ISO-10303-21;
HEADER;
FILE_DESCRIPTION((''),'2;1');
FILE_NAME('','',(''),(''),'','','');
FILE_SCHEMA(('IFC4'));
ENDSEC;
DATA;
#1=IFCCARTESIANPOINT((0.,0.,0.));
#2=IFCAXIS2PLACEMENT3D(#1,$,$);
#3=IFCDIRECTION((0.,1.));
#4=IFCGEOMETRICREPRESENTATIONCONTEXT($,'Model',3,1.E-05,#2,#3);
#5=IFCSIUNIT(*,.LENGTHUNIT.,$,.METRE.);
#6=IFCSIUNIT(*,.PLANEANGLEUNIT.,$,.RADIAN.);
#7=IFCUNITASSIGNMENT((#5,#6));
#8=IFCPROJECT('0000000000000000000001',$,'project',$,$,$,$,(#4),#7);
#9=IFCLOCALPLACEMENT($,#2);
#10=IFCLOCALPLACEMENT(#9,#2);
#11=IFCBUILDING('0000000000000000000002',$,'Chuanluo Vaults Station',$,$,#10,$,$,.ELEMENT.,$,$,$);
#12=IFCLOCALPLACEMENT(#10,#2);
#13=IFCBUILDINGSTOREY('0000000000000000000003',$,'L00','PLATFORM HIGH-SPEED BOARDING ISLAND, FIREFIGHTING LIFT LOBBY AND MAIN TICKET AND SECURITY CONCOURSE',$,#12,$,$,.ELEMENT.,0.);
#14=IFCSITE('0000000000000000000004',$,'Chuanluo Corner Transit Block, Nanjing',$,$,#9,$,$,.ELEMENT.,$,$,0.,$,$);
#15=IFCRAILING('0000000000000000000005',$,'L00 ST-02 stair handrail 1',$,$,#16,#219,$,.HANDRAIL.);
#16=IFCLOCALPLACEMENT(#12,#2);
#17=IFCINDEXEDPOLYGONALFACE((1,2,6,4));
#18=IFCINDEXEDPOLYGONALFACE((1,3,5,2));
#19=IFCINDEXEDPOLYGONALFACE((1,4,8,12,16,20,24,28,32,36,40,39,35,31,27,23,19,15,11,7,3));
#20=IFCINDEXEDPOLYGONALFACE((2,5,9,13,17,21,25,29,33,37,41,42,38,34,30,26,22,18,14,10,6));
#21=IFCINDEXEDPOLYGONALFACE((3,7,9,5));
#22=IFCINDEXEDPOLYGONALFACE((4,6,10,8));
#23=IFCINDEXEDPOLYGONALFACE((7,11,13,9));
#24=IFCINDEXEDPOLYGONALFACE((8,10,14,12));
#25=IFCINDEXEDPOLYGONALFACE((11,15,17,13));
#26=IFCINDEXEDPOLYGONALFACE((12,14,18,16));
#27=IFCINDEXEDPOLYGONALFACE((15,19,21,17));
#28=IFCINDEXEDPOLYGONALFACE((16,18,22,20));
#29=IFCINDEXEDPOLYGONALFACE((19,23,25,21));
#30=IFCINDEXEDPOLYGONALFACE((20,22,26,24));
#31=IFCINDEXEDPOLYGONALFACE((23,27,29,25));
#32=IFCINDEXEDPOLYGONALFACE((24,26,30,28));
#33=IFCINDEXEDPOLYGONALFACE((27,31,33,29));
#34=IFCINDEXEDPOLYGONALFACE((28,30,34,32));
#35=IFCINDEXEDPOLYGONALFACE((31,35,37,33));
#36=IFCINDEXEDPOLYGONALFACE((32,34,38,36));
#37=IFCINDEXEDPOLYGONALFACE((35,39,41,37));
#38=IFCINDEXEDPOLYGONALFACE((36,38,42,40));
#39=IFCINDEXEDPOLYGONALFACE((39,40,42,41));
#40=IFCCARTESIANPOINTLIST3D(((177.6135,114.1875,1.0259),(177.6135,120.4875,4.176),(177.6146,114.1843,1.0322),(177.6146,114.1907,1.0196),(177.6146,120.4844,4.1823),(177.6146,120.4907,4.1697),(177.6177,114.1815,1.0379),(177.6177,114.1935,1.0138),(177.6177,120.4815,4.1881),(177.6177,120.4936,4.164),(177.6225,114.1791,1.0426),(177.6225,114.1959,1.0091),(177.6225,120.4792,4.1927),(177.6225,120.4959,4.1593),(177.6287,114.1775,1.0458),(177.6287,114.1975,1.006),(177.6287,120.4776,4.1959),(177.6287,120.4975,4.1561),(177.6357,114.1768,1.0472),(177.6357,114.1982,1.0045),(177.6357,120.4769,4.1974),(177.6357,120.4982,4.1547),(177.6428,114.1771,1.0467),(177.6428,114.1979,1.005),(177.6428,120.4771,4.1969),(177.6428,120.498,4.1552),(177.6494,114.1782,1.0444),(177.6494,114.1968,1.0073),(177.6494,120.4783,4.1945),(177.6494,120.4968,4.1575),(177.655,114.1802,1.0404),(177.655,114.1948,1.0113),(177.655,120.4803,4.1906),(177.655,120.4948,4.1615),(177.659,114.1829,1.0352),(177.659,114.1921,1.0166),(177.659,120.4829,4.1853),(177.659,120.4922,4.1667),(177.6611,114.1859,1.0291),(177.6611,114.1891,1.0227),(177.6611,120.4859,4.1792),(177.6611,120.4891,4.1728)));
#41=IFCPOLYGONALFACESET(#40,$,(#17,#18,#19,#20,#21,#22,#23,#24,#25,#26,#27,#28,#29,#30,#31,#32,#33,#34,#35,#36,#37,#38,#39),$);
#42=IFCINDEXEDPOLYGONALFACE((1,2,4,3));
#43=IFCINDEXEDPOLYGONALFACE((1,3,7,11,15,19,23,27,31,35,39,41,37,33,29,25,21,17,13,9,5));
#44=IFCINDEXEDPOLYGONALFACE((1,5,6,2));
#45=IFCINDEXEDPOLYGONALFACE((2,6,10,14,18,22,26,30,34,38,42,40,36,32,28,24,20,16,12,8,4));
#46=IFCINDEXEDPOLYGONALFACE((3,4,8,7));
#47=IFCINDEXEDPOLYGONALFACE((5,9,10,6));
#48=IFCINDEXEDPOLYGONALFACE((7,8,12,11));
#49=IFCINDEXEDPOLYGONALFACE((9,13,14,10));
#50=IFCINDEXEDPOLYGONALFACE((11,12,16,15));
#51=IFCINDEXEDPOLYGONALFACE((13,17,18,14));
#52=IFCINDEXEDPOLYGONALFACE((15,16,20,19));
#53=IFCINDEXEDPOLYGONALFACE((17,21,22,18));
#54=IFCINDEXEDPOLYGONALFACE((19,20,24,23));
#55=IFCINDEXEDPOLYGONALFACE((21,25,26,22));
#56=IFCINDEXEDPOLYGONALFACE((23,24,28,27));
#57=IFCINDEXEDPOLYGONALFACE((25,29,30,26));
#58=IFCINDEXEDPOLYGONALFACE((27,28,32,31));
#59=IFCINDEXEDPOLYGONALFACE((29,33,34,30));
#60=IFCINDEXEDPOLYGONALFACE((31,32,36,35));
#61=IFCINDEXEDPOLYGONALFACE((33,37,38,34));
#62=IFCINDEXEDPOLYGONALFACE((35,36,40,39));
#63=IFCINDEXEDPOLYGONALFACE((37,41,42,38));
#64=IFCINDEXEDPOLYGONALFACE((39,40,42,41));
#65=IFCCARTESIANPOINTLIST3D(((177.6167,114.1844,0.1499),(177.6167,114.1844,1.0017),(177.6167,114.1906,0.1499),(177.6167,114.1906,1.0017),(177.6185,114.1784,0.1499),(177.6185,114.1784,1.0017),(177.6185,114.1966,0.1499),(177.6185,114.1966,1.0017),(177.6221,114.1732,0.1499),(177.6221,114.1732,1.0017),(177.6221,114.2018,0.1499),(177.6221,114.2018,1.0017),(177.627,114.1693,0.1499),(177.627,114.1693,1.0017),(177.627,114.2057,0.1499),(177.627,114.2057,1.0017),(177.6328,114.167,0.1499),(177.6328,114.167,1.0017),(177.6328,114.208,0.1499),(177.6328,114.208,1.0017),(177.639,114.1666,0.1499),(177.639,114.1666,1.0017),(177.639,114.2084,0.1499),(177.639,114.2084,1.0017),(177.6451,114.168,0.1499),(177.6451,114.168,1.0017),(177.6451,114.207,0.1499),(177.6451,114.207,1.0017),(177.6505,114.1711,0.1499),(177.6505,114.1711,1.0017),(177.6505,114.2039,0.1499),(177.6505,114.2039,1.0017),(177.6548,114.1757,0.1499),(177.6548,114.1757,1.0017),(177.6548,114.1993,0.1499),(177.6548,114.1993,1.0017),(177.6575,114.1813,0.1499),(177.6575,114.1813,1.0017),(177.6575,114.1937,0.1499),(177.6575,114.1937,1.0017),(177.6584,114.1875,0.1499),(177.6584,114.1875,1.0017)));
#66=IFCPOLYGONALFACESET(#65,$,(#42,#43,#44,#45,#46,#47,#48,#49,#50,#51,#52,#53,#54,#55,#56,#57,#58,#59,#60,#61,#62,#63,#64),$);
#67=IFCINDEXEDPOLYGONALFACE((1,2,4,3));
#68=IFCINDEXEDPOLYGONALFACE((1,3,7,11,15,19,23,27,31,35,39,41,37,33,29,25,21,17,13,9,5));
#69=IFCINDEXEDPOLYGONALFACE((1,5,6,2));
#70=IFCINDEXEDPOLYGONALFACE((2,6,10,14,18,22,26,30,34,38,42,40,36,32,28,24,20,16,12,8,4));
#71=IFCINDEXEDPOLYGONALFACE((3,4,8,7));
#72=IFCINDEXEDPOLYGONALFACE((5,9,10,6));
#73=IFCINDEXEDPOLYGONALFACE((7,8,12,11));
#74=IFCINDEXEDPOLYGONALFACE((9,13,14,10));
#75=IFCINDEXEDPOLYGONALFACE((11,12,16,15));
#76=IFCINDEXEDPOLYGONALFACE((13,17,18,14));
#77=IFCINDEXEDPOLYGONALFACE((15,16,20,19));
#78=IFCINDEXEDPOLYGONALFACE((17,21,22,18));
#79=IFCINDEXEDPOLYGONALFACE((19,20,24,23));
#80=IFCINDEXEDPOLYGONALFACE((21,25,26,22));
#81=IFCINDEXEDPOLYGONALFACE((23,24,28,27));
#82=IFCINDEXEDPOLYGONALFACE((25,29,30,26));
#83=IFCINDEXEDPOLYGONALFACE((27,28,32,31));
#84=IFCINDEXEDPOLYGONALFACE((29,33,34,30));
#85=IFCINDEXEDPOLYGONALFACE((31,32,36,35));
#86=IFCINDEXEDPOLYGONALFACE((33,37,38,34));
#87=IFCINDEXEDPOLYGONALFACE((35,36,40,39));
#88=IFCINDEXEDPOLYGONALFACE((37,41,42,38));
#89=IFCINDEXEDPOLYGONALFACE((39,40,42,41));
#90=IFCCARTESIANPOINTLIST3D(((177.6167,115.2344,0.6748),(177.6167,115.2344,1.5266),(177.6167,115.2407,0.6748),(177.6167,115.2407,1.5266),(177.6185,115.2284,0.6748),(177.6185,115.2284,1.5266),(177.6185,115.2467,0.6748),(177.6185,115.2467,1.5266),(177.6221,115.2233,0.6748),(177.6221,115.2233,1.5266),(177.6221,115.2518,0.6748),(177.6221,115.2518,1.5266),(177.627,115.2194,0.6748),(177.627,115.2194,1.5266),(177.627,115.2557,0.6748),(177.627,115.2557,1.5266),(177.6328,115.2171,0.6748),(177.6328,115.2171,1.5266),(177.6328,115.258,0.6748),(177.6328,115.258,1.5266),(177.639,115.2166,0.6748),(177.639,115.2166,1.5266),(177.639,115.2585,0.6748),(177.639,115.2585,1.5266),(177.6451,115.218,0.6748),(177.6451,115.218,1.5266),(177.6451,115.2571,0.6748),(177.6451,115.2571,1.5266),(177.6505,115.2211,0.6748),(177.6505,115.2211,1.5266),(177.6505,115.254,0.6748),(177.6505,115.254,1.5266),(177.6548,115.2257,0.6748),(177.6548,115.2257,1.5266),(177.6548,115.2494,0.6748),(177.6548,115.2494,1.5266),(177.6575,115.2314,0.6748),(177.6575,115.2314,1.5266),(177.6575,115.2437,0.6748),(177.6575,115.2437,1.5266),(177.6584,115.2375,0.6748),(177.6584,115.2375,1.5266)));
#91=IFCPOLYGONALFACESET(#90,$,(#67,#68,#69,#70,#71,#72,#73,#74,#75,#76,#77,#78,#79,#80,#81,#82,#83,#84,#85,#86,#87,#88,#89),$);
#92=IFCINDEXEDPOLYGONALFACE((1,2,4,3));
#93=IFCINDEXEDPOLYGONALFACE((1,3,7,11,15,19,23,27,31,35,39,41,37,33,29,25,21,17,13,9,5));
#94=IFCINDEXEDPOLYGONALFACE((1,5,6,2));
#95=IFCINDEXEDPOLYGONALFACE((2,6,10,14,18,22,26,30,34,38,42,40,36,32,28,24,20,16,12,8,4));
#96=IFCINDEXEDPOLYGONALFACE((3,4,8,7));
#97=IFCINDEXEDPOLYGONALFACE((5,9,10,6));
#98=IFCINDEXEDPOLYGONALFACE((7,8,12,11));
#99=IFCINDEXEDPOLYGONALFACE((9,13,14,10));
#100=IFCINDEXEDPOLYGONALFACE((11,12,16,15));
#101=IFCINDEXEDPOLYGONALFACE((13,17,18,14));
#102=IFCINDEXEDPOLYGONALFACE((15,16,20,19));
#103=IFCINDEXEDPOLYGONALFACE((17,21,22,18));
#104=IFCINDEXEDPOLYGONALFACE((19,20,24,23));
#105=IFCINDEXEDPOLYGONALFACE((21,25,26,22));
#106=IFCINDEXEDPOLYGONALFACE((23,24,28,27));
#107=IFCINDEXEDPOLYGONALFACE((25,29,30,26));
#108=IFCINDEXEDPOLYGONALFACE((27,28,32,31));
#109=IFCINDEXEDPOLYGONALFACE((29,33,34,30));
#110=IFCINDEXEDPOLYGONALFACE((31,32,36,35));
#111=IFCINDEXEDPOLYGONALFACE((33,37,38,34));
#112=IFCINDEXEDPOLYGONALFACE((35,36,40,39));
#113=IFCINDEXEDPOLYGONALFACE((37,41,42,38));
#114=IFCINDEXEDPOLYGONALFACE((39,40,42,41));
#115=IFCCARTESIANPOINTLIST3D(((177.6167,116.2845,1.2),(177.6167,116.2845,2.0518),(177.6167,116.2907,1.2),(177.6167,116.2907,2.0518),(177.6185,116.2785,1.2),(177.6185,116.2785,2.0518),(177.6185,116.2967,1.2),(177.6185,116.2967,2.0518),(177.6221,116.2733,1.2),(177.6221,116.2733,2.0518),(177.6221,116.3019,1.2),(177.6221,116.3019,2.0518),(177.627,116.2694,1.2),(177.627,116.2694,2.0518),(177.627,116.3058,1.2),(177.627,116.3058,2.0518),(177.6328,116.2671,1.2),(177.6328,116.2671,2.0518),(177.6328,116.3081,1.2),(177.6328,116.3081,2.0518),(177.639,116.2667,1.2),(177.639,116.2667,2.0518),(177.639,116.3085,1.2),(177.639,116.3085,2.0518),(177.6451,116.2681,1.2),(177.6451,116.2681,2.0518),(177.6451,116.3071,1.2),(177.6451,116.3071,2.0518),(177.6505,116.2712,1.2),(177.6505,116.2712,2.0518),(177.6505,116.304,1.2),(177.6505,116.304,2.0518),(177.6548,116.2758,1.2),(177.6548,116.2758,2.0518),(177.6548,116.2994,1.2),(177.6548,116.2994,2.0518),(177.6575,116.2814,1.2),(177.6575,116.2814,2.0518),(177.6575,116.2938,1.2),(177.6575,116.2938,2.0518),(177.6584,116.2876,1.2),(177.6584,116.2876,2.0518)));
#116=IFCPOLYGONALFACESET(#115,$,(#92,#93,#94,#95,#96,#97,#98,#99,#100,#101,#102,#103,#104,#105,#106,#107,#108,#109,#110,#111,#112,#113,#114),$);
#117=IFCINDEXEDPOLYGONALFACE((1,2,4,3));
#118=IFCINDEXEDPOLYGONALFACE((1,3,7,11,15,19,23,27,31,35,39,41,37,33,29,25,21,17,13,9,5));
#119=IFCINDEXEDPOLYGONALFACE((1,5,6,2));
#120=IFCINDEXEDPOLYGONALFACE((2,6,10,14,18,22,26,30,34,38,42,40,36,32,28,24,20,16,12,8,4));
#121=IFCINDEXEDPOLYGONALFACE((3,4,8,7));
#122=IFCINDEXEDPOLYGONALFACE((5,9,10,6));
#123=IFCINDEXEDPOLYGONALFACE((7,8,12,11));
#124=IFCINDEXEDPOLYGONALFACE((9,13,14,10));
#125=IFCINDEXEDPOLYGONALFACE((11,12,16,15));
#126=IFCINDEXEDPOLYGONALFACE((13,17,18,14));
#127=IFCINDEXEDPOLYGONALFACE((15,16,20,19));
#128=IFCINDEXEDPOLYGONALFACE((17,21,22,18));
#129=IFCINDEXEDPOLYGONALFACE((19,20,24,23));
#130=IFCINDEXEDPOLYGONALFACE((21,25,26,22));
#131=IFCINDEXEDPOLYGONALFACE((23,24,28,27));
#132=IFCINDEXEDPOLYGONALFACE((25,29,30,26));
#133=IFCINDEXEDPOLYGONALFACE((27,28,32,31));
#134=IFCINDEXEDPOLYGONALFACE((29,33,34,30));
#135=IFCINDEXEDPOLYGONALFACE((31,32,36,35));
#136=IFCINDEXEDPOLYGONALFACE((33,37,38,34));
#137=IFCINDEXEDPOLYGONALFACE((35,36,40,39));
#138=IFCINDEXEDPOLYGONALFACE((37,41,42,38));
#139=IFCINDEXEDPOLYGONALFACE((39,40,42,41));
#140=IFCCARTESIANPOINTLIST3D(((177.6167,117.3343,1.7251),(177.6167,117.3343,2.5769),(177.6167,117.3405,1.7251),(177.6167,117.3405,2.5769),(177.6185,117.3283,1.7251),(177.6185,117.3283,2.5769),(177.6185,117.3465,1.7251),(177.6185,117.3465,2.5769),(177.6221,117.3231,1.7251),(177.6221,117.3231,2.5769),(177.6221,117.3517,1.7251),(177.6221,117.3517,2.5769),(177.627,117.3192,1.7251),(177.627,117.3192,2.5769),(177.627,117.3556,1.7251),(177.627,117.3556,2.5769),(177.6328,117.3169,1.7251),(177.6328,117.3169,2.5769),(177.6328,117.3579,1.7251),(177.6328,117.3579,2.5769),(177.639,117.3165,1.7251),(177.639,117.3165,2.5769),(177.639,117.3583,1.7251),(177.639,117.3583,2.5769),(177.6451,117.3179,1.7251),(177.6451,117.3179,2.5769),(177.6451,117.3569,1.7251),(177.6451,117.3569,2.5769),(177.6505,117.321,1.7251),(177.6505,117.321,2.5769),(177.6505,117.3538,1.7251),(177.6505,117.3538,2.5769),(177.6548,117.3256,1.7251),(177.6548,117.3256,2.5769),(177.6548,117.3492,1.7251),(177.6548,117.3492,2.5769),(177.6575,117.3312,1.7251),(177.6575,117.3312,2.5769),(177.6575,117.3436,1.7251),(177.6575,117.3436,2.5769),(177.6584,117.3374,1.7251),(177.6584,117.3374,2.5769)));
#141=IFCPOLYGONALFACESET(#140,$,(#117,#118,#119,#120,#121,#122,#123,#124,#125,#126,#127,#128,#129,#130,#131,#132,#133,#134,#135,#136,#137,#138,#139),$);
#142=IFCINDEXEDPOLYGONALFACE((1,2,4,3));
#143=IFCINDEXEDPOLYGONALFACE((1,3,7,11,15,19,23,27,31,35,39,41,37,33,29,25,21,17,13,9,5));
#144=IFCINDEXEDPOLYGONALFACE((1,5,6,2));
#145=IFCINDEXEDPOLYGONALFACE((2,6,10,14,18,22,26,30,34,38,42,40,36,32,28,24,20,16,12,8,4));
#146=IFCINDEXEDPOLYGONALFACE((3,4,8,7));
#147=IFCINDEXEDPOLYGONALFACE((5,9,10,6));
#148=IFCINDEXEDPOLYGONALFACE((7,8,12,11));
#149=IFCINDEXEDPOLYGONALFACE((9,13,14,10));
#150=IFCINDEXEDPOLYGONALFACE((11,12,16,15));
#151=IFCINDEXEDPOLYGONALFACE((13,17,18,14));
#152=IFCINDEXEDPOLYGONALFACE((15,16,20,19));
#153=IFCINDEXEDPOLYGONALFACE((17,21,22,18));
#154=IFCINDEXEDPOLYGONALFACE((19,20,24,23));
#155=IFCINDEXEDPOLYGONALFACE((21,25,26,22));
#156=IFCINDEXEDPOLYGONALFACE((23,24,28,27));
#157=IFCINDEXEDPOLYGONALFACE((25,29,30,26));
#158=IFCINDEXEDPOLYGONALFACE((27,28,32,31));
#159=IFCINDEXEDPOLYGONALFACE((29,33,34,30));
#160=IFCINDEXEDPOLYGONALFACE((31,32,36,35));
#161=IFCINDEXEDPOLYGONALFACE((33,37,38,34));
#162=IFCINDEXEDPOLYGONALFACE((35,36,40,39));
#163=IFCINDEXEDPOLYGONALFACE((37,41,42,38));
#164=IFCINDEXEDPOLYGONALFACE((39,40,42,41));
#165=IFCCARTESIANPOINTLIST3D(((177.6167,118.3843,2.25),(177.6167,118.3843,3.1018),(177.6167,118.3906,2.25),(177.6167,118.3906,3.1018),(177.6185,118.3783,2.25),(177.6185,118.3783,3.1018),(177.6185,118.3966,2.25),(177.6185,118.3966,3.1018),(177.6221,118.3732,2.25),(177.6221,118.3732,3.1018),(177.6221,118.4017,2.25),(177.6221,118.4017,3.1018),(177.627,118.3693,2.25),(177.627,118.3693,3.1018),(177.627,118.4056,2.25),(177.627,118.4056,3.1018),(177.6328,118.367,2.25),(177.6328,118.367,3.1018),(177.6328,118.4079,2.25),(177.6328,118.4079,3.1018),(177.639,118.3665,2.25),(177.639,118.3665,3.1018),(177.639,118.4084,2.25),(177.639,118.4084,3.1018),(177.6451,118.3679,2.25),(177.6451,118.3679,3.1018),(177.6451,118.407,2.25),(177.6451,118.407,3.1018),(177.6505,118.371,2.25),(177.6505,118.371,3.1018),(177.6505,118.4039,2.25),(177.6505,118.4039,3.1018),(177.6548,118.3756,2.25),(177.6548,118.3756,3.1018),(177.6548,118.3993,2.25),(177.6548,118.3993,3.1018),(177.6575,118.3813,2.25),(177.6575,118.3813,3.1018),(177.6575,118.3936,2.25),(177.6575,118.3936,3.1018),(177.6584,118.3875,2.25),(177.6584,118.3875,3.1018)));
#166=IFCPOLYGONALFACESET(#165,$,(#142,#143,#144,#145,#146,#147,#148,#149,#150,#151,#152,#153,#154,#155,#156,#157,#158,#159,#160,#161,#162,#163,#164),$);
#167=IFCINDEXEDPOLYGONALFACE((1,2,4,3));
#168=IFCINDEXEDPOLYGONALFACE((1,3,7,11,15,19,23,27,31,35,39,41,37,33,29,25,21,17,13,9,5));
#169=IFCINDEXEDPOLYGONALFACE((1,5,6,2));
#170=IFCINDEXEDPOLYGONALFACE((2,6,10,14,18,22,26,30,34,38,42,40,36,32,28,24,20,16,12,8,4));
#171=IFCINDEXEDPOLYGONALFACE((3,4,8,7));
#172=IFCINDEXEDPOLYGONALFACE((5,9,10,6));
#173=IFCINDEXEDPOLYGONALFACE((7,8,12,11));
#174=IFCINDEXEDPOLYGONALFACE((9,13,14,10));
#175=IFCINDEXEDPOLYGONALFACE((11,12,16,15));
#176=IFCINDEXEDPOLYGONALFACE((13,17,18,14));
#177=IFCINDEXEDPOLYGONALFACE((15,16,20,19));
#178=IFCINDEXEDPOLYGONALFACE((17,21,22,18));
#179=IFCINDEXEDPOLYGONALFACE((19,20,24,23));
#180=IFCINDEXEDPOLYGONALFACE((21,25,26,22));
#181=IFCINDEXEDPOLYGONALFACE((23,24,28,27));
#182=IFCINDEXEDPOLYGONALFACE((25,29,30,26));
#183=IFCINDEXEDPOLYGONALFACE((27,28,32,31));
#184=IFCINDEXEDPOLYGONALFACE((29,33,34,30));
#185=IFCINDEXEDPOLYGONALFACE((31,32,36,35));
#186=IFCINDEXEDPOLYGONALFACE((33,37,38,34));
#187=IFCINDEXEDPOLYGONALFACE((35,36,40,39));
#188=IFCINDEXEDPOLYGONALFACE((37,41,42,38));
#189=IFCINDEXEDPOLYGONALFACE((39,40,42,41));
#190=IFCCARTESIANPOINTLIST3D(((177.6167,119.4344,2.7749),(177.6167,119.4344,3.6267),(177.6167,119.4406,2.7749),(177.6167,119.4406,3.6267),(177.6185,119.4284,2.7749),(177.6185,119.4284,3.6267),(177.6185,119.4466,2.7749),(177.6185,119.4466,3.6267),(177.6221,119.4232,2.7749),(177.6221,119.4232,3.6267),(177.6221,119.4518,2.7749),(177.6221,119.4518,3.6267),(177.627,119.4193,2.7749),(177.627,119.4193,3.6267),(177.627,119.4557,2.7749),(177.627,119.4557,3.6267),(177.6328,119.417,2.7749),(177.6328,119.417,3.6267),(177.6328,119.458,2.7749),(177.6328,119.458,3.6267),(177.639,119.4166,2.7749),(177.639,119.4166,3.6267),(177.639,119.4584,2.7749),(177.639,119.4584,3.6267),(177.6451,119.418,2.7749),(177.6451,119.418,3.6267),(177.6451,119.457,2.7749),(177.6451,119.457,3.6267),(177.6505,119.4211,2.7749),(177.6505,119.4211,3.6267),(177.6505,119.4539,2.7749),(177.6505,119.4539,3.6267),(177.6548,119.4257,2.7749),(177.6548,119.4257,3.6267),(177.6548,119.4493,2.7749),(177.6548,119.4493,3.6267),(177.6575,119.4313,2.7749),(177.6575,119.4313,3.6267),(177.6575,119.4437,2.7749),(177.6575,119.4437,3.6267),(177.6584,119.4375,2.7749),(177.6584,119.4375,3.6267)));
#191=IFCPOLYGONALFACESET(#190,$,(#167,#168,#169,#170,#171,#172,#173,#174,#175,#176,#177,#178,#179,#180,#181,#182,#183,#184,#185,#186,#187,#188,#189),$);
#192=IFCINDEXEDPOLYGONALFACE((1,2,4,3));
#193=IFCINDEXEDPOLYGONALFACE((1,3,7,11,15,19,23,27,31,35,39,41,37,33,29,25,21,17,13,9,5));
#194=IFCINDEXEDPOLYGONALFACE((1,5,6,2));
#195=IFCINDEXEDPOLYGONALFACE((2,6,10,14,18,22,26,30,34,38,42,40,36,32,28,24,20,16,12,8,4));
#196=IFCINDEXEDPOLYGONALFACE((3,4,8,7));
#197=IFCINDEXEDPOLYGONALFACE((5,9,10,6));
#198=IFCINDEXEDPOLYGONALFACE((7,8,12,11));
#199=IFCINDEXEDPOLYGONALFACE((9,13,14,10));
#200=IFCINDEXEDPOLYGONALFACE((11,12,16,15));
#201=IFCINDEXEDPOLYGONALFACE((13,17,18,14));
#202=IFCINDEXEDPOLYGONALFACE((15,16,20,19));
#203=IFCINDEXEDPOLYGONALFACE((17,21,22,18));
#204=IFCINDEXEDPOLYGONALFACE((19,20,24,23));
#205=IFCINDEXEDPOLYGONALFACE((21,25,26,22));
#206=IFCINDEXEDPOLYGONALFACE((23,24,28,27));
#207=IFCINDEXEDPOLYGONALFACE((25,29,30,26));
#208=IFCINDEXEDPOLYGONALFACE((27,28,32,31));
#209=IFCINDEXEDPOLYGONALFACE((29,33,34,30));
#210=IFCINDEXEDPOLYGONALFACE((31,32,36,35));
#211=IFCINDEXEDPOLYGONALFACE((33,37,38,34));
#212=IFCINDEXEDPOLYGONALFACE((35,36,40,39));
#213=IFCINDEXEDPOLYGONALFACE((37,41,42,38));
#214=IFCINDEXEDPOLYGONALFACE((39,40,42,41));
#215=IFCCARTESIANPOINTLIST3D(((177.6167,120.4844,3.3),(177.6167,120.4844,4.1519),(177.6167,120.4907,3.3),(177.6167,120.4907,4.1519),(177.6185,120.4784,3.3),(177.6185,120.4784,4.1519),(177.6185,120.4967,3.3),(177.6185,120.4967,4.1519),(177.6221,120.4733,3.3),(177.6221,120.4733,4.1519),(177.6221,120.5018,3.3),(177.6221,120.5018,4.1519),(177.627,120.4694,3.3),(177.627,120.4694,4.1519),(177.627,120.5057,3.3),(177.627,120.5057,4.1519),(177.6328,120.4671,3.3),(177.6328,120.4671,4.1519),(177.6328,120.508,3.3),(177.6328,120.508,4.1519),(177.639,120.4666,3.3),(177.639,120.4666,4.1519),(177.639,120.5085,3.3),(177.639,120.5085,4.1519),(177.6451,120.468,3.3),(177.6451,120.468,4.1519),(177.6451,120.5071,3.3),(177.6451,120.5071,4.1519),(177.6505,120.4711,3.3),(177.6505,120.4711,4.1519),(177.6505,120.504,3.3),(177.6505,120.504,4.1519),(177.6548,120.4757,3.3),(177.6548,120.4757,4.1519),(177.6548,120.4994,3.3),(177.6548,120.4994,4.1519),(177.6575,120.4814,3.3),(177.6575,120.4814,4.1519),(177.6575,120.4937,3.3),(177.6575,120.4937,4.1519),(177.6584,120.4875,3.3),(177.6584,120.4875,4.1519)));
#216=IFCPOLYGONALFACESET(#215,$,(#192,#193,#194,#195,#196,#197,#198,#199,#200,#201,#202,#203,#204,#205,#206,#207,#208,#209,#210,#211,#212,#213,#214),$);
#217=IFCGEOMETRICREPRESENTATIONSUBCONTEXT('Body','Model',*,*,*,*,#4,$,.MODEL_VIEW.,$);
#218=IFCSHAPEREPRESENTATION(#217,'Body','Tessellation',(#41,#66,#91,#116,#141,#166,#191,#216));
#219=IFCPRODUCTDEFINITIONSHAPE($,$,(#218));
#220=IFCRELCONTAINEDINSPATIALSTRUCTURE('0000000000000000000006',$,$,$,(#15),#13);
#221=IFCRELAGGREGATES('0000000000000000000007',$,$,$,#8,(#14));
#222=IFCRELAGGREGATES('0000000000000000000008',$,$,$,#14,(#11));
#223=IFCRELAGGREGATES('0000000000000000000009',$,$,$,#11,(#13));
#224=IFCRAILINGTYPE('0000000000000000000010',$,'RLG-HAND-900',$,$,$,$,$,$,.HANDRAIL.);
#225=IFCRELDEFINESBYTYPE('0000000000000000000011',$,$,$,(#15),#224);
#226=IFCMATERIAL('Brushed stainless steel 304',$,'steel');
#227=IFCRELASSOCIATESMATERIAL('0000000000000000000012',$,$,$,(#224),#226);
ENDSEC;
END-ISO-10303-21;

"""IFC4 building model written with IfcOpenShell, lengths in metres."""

from ifc_helpers import new_model, si_unit, direction, frame, origin, origin_2d, place, context, subcontext, project, spatial, circle, extrude, material, type_object, element, save


model = new_model("IFC4")

# Units and contexts
model_context = context("Model", 3, precision=1e-05, world=origin(), true_north=direction((0.0, 1.0)))
body_context = subcontext(model_context, "Body", "Model", "MODEL_VIEW")
ifc_project = project(units=[si_unit("LENGTHUNIT", "METRE"), si_unit("PLANEANGLEUNIT", "RADIAN")], contexts=[model_context])

# Site, building, storey
site_placement = place(None, origin())
site = spatial("IfcSite", under=ifc_project, at=site_placement, Name="Chuanluo Corner Transit Block, Nanjing", CompositionType="ELEMENT", RefElevation=0.0)
building_placement = place(site_placement, origin())
building = spatial("IfcBuilding", under=site, at=building_placement, Name="Chuanluo Vaults Station", CompositionType="ELEMENT")
storey_placement = place(building_placement, origin())
storey = spatial("IfcBuildingStorey", under=building, at=storey_placement, Name="L00", Description="PLATFORM HIGH-SPEED BOARDING ISLAND, FIREFIGHTING LIFT LOBBY AND MAIN TICKET AND SECURITY CONCOURSE", CompositionType="ELEMENT", Elevation=0.0)

# Railing
ifc_material_1 = material(Name="Brushed stainless steel 304", Category="steel")
railing_type_1 = type_object("IfcRailingType", Name="RLG-HAND-900", PredefinedType="HANDRAIL", material=ifc_material_1)
railing_1_placement = place(storey_placement, frame((177.6375, 114.1875, 0.1499)))
element("IfcRailing", 1, at=railing_1_placement, inside=storey, type_object=railing_type_1, Name="L00 ST-02 stair handrail 1", PredefinedType="HANDRAIL", context=body_context, shape_type="SweptSolid", body=[
    extrude(circle(Radius=0.0239, at=origin_2d()), frame((0.0, 0.0, 0.876), z_axis=(0.0, 0.89442, 0.447227), x_axis=(-1.0, 0.0, 0.0)), (0.0, 0.0, 1.0), 7.0437),
    extrude(circle(Radius=0.021, at=origin_2d()), origin(), (0.0, 0.0, 1.0), 0.8518),
    extrude(circle(Radius=0.021, at=origin_2d()), frame((0.0, 1.05, 0.5249)), (0.0, 0.0, 1.0), 0.8518),
    extrude(circle(Radius=0.021, at=origin_2d()), frame((0.0, 2.1001, 1.05)), (0.0, 0.0, 1.0), 0.8518),
    extrude(circle(Radius=0.021, at=origin_2d()), frame((0.0, 3.1499, 1.5752)), (0.0, 0.0, 1.0), 0.8518),
    extrude(circle(Radius=0.021, at=origin_2d()), frame((0.0, 4.2, 2.1001)), (0.0, 0.0, 1.0), 0.8518),
    extrude(circle(Radius=0.021, at=origin_2d()), frame((0.0, 5.25, 2.625)), (0.0, 0.0, 1.0), 0.8518),
    extrude(circle(Radius=0.021, at=origin_2d()), frame((0.0, 6.3, 3.1501)), (0.0, 0.0, 1.0), 0.8518),
])

save(model, "model.ifc")
